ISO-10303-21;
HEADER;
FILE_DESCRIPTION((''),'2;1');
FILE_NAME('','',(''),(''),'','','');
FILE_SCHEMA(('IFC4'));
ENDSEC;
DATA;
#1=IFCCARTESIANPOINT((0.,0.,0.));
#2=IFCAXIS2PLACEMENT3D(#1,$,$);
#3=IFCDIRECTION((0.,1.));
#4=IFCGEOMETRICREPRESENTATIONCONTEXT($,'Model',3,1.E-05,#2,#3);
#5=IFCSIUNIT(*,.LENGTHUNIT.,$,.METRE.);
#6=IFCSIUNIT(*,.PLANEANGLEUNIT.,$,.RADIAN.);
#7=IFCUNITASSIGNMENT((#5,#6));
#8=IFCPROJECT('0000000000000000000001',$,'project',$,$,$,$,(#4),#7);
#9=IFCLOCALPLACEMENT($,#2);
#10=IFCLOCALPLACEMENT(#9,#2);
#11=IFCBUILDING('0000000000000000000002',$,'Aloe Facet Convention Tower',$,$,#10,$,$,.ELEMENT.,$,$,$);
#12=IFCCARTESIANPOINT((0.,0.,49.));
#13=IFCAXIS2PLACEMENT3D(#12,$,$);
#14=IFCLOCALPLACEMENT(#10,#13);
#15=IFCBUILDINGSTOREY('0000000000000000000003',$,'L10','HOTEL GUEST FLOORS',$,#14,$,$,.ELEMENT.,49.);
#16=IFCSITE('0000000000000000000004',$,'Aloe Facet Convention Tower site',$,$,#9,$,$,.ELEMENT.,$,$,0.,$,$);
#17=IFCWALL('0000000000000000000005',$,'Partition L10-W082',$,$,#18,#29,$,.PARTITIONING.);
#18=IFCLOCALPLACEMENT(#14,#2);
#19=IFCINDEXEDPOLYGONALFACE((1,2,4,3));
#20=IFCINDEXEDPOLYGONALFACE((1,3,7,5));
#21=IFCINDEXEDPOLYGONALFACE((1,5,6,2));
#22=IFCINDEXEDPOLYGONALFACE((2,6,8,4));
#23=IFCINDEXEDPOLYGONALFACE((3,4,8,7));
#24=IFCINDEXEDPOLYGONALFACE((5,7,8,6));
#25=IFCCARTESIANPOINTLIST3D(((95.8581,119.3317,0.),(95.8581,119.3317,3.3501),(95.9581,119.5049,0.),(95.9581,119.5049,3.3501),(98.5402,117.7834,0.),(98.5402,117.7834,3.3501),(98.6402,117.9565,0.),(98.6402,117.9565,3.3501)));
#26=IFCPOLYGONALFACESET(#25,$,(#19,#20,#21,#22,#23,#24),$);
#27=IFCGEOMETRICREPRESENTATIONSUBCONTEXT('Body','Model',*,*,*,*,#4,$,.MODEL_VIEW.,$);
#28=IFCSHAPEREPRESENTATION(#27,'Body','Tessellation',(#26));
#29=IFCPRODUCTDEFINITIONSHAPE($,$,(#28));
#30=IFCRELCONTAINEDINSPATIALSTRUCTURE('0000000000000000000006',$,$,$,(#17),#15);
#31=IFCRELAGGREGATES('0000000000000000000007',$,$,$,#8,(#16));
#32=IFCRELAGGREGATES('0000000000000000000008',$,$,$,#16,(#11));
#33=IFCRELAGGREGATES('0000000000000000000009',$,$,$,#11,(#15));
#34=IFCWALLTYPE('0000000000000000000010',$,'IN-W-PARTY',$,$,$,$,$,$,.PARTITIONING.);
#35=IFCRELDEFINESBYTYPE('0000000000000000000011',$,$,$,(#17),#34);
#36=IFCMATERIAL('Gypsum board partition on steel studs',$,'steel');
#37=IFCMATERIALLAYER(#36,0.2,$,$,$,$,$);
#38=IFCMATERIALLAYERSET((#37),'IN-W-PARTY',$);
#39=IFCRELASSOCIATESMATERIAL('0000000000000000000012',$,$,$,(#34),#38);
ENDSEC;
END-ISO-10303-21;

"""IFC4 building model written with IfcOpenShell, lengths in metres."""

from ifc_helpers import new_model, si_unit, direction, frame, frame_2d, origin, place, context, subcontext, project, spatial, rectangle, extrude, material, layer, layer_set, type_object, element, save


model = new_model("IFC4")

# Units and contexts
model_context = context("Model", 3, precision=1e-05, world=origin(), true_north=direction((0.0, 1.0)))
body_context = subcontext(model_context, "Body", "Model", "MODEL_VIEW")
ifc_project = project(units=[si_unit("LENGTHUNIT", "METRE"), si_unit("PLANEANGLEUNIT", "RADIAN")], contexts=[model_context])

# Site, building, storey
site_placement = place(None, origin())
site = spatial("IfcSite", under=ifc_project, at=site_placement, Name="Aloe Facet Convention Tower site", CompositionType="ELEMENT", RefElevation=0.0)
building_placement = place(site_placement, origin())
building = spatial("IfcBuilding", under=site, at=building_placement, Name="Aloe Facet Convention Tower", CompositionType="ELEMENT")
storey_placement = place(building_placement, frame((0.0, 0.0, 49.0)))
storey = spatial("IfcBuildingStorey", under=building, at=storey_placement, Name="L10", Description="HOTEL GUEST FLOORS", CompositionType="ELEMENT", Elevation=49.0)

# Wall
ifc_material_1 = material(Name="Gypsum board partition on steel studs", Category="steel")
ifc_layer_1 = layer(ifc_material_1, 0.2)
ifc_layer_set_1 = layer_set([ifc_layer_1], Name="IN-W-PARTY")
wall_type_1 = type_object("IfcWallType", Name="IN-W-PARTY", PredefinedType="PARTITIONING", material=ifc_layer_set_1)
wall_1_placement = place(storey_placement, frame((95.9082, 119.4182, 0.0), z_axis=(0.0, 0.0, 1.0), x_axis=(0.866052, -0.499954, 0.0)))
element("IfcWall", 1, at=wall_1_placement, inside=storey, type_object=wall_type_1, Name="Partition L10-W082", PredefinedType="PARTITIONING", context=body_context, shape_type="SweptSolid", body=[
    extrude(rectangle(XDim=3.0969, YDim=0.2, at=frame_2d((1.5483, 0.0))), origin(), (0.0, 0.0, 1.0), 3.3501),
])

save(model, "model.ifc")
